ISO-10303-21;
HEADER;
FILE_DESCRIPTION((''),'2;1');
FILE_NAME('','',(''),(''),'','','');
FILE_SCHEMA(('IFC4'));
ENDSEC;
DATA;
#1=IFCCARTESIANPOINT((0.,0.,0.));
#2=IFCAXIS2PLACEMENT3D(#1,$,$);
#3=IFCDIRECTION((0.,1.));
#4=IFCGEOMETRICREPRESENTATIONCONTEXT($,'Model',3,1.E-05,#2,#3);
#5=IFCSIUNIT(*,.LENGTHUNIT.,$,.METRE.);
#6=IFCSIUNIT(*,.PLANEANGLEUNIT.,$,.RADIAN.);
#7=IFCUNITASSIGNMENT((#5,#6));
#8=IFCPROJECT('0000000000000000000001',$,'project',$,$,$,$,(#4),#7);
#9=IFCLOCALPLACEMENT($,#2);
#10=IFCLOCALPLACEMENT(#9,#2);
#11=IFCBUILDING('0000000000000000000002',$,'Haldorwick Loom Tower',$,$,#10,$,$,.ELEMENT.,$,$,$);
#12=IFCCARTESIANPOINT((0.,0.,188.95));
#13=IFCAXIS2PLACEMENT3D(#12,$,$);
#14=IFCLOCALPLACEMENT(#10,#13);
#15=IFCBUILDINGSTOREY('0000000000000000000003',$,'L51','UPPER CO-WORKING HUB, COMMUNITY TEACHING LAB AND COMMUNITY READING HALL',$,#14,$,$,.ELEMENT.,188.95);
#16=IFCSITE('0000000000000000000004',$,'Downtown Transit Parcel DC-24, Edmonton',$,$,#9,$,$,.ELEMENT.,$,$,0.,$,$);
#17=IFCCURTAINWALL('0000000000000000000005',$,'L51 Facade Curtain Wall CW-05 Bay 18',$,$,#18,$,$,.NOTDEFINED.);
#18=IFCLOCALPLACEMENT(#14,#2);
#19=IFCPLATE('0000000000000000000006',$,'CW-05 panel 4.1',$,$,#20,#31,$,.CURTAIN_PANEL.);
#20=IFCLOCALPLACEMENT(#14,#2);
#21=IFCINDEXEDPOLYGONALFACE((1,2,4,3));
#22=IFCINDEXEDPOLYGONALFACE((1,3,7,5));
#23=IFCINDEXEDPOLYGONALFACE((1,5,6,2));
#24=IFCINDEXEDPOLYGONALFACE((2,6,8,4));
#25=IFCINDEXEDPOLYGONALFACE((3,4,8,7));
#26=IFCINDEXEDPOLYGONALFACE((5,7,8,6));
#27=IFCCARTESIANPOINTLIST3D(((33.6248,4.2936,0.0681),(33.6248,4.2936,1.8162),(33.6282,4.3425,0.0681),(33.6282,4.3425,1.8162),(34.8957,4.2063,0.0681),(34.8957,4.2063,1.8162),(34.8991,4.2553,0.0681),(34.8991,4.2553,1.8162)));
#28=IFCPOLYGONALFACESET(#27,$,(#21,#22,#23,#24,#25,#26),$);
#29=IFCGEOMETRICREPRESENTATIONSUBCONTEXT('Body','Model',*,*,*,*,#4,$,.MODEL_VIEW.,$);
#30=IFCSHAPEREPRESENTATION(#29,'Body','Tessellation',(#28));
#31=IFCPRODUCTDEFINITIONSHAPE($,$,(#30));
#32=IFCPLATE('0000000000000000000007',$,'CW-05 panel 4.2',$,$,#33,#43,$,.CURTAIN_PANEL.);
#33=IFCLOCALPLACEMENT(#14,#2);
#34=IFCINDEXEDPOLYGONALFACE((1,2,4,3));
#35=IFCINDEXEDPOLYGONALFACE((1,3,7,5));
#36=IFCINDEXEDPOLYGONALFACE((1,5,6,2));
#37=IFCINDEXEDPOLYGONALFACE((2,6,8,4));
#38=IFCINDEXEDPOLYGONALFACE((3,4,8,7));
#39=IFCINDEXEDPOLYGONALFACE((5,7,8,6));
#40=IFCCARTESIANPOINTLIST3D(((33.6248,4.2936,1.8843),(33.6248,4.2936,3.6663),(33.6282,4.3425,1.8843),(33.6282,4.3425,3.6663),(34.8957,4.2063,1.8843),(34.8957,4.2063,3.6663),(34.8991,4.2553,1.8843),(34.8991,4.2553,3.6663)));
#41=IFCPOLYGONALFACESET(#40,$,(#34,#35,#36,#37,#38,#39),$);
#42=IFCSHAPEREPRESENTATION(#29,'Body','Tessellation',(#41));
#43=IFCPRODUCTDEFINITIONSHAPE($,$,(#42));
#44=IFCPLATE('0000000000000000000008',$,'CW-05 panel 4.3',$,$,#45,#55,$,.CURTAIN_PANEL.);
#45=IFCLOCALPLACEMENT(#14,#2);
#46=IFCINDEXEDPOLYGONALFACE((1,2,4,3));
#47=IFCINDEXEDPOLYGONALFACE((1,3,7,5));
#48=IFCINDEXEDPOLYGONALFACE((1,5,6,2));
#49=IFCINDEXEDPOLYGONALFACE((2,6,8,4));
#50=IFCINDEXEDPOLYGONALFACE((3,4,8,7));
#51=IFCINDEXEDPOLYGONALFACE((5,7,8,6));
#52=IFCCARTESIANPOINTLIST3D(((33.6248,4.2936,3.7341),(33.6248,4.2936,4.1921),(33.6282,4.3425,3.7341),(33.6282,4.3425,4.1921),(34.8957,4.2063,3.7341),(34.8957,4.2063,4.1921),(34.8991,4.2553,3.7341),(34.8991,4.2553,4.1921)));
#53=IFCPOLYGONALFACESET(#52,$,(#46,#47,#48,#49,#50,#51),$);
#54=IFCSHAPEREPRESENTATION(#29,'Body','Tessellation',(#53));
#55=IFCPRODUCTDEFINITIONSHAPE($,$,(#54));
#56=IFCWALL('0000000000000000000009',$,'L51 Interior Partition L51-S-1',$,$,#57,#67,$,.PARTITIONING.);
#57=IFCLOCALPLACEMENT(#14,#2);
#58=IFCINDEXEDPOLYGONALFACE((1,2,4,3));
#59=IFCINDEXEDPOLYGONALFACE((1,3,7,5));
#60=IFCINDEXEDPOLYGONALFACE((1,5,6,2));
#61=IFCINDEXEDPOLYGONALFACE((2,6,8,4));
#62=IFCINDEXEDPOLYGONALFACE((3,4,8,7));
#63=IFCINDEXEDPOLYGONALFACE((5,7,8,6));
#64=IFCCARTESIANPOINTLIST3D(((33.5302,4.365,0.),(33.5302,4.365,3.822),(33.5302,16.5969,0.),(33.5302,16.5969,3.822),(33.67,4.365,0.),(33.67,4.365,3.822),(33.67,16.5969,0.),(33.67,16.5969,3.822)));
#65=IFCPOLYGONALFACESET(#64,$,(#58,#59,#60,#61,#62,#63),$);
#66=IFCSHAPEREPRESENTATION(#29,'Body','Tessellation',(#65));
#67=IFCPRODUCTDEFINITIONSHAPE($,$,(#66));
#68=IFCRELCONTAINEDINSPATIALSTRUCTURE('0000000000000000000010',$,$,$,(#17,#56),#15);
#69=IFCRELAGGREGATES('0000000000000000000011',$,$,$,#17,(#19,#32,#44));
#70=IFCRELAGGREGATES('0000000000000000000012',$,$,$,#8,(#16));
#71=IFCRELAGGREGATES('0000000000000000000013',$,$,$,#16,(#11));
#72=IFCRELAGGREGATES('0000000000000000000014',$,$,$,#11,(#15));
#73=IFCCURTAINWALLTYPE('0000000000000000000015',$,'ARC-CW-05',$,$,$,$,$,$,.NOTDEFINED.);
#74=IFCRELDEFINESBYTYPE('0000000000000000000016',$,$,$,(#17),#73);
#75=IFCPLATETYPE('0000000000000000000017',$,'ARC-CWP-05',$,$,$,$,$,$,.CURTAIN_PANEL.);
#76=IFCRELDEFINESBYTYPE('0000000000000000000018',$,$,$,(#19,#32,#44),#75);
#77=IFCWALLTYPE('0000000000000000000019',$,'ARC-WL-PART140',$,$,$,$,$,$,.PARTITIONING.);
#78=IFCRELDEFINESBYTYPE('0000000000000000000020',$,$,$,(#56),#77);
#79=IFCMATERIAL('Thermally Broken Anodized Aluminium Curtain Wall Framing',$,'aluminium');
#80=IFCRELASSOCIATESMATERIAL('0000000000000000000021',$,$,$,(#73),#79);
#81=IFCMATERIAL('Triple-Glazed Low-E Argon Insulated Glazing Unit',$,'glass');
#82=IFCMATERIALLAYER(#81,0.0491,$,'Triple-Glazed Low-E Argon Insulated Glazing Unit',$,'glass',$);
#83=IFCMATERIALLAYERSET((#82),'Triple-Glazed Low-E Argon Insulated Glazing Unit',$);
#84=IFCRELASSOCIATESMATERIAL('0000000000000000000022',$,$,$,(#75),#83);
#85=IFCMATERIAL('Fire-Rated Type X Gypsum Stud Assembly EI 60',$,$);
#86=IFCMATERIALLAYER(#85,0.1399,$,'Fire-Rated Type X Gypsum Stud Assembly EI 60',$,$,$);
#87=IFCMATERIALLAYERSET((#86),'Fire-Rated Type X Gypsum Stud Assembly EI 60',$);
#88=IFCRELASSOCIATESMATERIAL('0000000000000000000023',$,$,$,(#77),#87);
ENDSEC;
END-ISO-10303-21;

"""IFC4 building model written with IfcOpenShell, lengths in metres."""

from ifc_helpers import new_model, si_unit, direction, frame, frame_2d, origin, origin_2d, place, context, subcontext, project, spatial, rectangle, extrude, material, layer, layer_set, type_object, element, aggregate, save


model = new_model("IFC4")

# Units and contexts
model_context = context("Model", 3, precision=1e-05, world=origin(), true_north=direction((0.0, 1.0)))
body_context = subcontext(model_context, "Body", "Model", "MODEL_VIEW")
ifc_project = project(units=[si_unit("LENGTHUNIT", "METRE"), si_unit("PLANEANGLEUNIT", "RADIAN")], contexts=[model_context])

# Site, building, storey
site_placement = place(None, origin())
site = spatial("IfcSite", under=ifc_project, at=site_placement, Name="Downtown Transit Parcel DC-24, Edmonton", CompositionType="ELEMENT", RefElevation=0.0)
building_placement = place(site_placement, origin())
building = spatial("IfcBuilding", under=site, at=building_placement, Name="Haldorwick Loom Tower", CompositionType="ELEMENT")
storey_placement = place(building_placement, frame((0.0, 0.0, 188.95)))
storey = spatial("IfcBuildingStorey", under=building, at=storey_placement, Name="L51", Description="UPPER CO-WORKING HUB, COMMUNITY TEACHING LAB AND COMMUNITY READING HALL", CompositionType="ELEMENT", Elevation=188.95)

# Curtain wall
ifc_material_1 = material(Name="Thermally Broken Anodized Aluminium Curtain Wall Framing", Category="aluminium")
curtain_wall_type = type_object("IfcCurtainWallType", Name="ARC-CW-05", PredefinedType="NOTDEFINED", material=ifc_material_1)
curtain_wall_placement = place(storey_placement, origin())
curtain_wall = element("IfcCurtainWall", 1, at=curtain_wall_placement, inside=storey, type_object=curtain_wall_type, Name="L51 Facade Curtain Wall CW-05 Bay 18", PredefinedType="NOTDEFINED")

# Plates
ifc_material_2 = material(Name="Triple-Glazed Low-E Argon Insulated Glazing Unit", Category="glass")
ifc_layer_1 = layer(ifc_material_2, 0.0491, Name="Triple-Glazed Low-E Argon Insulated Glazing Unit", Category="glass")
ifc_layer_set_1 = layer_set([ifc_layer_1], Name="Triple-Glazed Low-E Argon Insulated Glazing Unit")
plate_type = type_object("IfcPlateType", Name="ARC-CWP-05", PredefinedType="CURTAIN_PANEL", material=ifc_layer_set_1)
plate_1_placement = place(storey_placement, frame((34.262, 4.2744, 0.0681), z_axis=(0.0, 0.0, 1.0), x_axis=(0.99765, -0.068513, 0.0)))
plate_1 = element("IfcPlate", 2, at=plate_1_placement, type_object=plate_type, Name="CW-05 panel 4.1", PredefinedType="CURTAIN_PANEL", context=body_context, shape_type="SweptSolid", body=[
    extrude(rectangle(XDim=1.2739, YDim=0.0491, at=origin_2d()), origin(), (0.0, 0.0, 1.0), 1.748),
])
plate_2_placement = place(storey_placement, frame((34.262, 4.2744, 1.8843), z_axis=(0.0, 0.0, 1.0), x_axis=(0.99765, -0.068513, 0.0)))
plate_2 = element("IfcPlate", 3, at=plate_2_placement, type_object=plate_type, Name="CW-05 panel 4.2", PredefinedType="CURTAIN_PANEL", context=body_context, shape_type="SweptSolid", body=[
    extrude(rectangle(XDim=1.2739, YDim=0.0491, at=origin_2d()), origin(), (0.0, 0.0, 1.0), 1.782),
])
plate_3_placement = place(storey_placement, frame((34.262, 4.2744, 3.7341), z_axis=(0.0, 0.0, 1.0), x_axis=(0.99765, -0.068513, 0.0)))
plate_3 = element("IfcPlate", 4, at=plate_3_placement, type_object=plate_type, Name="CW-05 panel 4.3", PredefinedType="CURTAIN_PANEL", context=body_context, shape_type="SweptSolid", body=[
    extrude(rectangle(XDim=1.2739, YDim=0.0491, at=origin_2d()), origin(), (0.0, 0.0, 1.0), 0.458),
])
aggregate(curtain_wall, [plate_1, plate_2, plate_3])

# Wall
ifc_material_3 = material(Name="Fire-Rated Type X Gypsum Stud Assembly EI 60")
ifc_layer_2 = layer(ifc_material_3, 0.1399, Name="Fire-Rated Type X Gypsum Stud Assembly EI 60")
ifc_layer_set_2 = layer_set([ifc_layer_2], Name="Fire-Rated Type X Gypsum Stud Assembly EI 60")
wall_type = type_object("IfcWallType", Name="ARC-WL-PART140", PredefinedType="PARTITIONING", material=ifc_layer_set_2)
wall_placement = place(storey_placement, frame((33.6001, 4.365, 0.0), z_axis=(0.0, 0.0, 1.0), x_axis=(0.0, 1.0, 0.0)))
element("IfcWall", 5, at=wall_placement, inside=storey, type_object=wall_type, Name="L51 Interior Partition L51-S-1", PredefinedType="PARTITIONING", context=body_context, shape_type="SweptSolid", body=[
    extrude(rectangle(XDim=12.2319, YDim=0.1399, at=frame_2d((6.116, 0.0))), origin(), (0.0, 0.0, 1.0), 3.822),
])

save(model, "model.ifc")
